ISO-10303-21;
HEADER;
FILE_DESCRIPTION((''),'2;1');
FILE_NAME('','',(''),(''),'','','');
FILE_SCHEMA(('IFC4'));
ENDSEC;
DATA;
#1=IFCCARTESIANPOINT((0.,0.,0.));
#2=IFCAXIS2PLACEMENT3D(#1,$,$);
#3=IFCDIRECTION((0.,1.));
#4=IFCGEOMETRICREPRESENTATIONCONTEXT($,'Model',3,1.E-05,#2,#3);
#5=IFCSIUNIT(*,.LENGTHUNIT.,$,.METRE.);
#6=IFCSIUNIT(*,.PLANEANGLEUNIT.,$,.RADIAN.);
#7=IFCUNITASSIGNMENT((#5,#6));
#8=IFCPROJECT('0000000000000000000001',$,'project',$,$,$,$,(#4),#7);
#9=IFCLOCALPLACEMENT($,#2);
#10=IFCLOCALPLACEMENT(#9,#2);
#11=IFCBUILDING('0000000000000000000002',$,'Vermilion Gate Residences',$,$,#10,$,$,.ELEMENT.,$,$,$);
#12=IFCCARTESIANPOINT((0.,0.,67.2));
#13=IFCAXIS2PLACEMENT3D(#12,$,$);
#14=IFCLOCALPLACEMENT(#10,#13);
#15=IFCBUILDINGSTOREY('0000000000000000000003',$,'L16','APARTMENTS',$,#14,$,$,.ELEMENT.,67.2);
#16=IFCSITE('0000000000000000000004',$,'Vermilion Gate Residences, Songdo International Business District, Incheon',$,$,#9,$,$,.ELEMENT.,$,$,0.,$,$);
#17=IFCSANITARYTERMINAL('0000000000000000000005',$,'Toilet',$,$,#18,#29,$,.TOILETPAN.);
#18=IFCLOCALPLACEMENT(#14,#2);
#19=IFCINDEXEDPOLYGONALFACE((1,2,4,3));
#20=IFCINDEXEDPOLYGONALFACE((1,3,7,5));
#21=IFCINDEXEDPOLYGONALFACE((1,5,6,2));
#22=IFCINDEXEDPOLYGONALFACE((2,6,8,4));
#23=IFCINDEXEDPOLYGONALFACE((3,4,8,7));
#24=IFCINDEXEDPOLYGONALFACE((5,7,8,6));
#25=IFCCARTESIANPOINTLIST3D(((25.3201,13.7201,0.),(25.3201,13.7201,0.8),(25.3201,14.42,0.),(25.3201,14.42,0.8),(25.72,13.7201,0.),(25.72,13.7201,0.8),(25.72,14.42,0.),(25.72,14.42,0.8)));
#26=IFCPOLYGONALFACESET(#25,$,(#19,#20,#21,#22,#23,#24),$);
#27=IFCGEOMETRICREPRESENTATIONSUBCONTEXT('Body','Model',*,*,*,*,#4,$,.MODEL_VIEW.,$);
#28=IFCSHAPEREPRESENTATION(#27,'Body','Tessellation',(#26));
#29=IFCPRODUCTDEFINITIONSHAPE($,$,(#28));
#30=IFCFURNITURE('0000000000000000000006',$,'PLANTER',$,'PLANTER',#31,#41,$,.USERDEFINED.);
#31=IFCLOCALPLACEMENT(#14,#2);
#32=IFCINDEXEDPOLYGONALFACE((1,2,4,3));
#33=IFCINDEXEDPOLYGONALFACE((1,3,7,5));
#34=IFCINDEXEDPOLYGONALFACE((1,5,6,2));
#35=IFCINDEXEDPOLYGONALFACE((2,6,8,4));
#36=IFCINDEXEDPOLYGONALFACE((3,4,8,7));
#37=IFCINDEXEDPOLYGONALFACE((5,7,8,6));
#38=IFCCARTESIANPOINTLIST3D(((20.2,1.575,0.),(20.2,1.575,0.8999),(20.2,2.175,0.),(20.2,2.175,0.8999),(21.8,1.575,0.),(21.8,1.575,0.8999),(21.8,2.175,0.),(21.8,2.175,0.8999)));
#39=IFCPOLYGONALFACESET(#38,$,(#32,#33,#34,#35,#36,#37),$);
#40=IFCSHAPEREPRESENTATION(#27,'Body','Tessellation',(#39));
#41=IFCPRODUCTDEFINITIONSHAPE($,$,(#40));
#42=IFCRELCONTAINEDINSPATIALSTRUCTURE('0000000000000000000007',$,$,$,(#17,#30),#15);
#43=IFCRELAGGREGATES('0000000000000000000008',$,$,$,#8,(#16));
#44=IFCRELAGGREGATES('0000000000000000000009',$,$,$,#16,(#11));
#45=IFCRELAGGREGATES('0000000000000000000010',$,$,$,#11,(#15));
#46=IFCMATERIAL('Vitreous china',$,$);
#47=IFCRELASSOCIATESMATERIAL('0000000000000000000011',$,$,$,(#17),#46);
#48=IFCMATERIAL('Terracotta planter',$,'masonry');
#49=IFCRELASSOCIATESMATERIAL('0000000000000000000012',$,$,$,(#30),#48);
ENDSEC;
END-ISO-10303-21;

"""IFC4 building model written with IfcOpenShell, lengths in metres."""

from ifc_helpers import new_model, si_unit, direction, frame, origin, origin_2d, place, context, subcontext, project, spatial, rectangle, extrude, material, element, save


model = new_model("IFC4")

# Units and contexts
model_context = context("Model", 3, precision=1e-05, world=origin(), true_north=direction((0.0, 1.0)))
body_context = subcontext(model_context, "Body", "Model", "MODEL_VIEW")
ifc_project = project(units=[si_unit("LENGTHUNIT", "METRE"), si_unit("PLANEANGLEUNIT", "RADIAN")], contexts=[model_context])

# Site, building, storey
site_placement = place(None, origin())
site = spatial("IfcSite", under=ifc_project, at=site_placement, Name="Vermilion Gate Residences, Songdo International Business District, Incheon", CompositionType="ELEMENT", RefElevation=0.0)
building_placement = place(site_placement, origin())
building = spatial("IfcBuilding", under=site, at=building_placement, Name="Vermilion Gate Residences", CompositionType="ELEMENT")
storey_placement = place(building_placement, frame((0.0, 0.0, 67.2)))
storey = spatial("IfcBuildingStorey", under=building, at=storey_placement, Name="L16", Description="APARTMENTS", CompositionType="ELEMENT", Elevation=67.2)

# Sanitary terminal
ifc_material_1 = material(Name="Vitreous china")
sanitary_terminal_1_placement = place(storey_placement, frame((25.52, 14.0701, 0.0), z_axis=(0.0, 0.0, 1.0), x_axis=(1.0, 0.0, 0.0)))
element("IfcSanitaryTerminal", 1, at=sanitary_terminal_1_placement, inside=storey, material=ifc_material_1, Name="Toilet", PredefinedType="TOILETPAN", context=body_context, shape_type="SweptSolid", body=[
    extrude(rectangle(XDim=0.3999, YDim=0.7, at=origin_2d()), origin(), (0.0, 0.0, 1.0), 0.8),
])

# Furniture
ifc_material_2 = material(Name="Terracotta planter", Category="masonry")
furniture_placement = place(storey_placement, frame((21.0, 1.875, 0.0), z_axis=(0.0, 0.0, 1.0), x_axis=(1.0, 0.0, 0.0)))
element("IfcFurniture", 2, at=furniture_placement, inside=storey, material=ifc_material_2, Name="PLANTER", ObjectType="PLANTER", PredefinedType="USERDEFINED", context=body_context, shape_type="SweptSolid", body=[
    extrude(rectangle(XDim=1.6001, YDim=0.6001, at=origin_2d()), origin(), (0.0, 0.0, 1.0), 0.8999),
])

save(model, "model.ifc")
